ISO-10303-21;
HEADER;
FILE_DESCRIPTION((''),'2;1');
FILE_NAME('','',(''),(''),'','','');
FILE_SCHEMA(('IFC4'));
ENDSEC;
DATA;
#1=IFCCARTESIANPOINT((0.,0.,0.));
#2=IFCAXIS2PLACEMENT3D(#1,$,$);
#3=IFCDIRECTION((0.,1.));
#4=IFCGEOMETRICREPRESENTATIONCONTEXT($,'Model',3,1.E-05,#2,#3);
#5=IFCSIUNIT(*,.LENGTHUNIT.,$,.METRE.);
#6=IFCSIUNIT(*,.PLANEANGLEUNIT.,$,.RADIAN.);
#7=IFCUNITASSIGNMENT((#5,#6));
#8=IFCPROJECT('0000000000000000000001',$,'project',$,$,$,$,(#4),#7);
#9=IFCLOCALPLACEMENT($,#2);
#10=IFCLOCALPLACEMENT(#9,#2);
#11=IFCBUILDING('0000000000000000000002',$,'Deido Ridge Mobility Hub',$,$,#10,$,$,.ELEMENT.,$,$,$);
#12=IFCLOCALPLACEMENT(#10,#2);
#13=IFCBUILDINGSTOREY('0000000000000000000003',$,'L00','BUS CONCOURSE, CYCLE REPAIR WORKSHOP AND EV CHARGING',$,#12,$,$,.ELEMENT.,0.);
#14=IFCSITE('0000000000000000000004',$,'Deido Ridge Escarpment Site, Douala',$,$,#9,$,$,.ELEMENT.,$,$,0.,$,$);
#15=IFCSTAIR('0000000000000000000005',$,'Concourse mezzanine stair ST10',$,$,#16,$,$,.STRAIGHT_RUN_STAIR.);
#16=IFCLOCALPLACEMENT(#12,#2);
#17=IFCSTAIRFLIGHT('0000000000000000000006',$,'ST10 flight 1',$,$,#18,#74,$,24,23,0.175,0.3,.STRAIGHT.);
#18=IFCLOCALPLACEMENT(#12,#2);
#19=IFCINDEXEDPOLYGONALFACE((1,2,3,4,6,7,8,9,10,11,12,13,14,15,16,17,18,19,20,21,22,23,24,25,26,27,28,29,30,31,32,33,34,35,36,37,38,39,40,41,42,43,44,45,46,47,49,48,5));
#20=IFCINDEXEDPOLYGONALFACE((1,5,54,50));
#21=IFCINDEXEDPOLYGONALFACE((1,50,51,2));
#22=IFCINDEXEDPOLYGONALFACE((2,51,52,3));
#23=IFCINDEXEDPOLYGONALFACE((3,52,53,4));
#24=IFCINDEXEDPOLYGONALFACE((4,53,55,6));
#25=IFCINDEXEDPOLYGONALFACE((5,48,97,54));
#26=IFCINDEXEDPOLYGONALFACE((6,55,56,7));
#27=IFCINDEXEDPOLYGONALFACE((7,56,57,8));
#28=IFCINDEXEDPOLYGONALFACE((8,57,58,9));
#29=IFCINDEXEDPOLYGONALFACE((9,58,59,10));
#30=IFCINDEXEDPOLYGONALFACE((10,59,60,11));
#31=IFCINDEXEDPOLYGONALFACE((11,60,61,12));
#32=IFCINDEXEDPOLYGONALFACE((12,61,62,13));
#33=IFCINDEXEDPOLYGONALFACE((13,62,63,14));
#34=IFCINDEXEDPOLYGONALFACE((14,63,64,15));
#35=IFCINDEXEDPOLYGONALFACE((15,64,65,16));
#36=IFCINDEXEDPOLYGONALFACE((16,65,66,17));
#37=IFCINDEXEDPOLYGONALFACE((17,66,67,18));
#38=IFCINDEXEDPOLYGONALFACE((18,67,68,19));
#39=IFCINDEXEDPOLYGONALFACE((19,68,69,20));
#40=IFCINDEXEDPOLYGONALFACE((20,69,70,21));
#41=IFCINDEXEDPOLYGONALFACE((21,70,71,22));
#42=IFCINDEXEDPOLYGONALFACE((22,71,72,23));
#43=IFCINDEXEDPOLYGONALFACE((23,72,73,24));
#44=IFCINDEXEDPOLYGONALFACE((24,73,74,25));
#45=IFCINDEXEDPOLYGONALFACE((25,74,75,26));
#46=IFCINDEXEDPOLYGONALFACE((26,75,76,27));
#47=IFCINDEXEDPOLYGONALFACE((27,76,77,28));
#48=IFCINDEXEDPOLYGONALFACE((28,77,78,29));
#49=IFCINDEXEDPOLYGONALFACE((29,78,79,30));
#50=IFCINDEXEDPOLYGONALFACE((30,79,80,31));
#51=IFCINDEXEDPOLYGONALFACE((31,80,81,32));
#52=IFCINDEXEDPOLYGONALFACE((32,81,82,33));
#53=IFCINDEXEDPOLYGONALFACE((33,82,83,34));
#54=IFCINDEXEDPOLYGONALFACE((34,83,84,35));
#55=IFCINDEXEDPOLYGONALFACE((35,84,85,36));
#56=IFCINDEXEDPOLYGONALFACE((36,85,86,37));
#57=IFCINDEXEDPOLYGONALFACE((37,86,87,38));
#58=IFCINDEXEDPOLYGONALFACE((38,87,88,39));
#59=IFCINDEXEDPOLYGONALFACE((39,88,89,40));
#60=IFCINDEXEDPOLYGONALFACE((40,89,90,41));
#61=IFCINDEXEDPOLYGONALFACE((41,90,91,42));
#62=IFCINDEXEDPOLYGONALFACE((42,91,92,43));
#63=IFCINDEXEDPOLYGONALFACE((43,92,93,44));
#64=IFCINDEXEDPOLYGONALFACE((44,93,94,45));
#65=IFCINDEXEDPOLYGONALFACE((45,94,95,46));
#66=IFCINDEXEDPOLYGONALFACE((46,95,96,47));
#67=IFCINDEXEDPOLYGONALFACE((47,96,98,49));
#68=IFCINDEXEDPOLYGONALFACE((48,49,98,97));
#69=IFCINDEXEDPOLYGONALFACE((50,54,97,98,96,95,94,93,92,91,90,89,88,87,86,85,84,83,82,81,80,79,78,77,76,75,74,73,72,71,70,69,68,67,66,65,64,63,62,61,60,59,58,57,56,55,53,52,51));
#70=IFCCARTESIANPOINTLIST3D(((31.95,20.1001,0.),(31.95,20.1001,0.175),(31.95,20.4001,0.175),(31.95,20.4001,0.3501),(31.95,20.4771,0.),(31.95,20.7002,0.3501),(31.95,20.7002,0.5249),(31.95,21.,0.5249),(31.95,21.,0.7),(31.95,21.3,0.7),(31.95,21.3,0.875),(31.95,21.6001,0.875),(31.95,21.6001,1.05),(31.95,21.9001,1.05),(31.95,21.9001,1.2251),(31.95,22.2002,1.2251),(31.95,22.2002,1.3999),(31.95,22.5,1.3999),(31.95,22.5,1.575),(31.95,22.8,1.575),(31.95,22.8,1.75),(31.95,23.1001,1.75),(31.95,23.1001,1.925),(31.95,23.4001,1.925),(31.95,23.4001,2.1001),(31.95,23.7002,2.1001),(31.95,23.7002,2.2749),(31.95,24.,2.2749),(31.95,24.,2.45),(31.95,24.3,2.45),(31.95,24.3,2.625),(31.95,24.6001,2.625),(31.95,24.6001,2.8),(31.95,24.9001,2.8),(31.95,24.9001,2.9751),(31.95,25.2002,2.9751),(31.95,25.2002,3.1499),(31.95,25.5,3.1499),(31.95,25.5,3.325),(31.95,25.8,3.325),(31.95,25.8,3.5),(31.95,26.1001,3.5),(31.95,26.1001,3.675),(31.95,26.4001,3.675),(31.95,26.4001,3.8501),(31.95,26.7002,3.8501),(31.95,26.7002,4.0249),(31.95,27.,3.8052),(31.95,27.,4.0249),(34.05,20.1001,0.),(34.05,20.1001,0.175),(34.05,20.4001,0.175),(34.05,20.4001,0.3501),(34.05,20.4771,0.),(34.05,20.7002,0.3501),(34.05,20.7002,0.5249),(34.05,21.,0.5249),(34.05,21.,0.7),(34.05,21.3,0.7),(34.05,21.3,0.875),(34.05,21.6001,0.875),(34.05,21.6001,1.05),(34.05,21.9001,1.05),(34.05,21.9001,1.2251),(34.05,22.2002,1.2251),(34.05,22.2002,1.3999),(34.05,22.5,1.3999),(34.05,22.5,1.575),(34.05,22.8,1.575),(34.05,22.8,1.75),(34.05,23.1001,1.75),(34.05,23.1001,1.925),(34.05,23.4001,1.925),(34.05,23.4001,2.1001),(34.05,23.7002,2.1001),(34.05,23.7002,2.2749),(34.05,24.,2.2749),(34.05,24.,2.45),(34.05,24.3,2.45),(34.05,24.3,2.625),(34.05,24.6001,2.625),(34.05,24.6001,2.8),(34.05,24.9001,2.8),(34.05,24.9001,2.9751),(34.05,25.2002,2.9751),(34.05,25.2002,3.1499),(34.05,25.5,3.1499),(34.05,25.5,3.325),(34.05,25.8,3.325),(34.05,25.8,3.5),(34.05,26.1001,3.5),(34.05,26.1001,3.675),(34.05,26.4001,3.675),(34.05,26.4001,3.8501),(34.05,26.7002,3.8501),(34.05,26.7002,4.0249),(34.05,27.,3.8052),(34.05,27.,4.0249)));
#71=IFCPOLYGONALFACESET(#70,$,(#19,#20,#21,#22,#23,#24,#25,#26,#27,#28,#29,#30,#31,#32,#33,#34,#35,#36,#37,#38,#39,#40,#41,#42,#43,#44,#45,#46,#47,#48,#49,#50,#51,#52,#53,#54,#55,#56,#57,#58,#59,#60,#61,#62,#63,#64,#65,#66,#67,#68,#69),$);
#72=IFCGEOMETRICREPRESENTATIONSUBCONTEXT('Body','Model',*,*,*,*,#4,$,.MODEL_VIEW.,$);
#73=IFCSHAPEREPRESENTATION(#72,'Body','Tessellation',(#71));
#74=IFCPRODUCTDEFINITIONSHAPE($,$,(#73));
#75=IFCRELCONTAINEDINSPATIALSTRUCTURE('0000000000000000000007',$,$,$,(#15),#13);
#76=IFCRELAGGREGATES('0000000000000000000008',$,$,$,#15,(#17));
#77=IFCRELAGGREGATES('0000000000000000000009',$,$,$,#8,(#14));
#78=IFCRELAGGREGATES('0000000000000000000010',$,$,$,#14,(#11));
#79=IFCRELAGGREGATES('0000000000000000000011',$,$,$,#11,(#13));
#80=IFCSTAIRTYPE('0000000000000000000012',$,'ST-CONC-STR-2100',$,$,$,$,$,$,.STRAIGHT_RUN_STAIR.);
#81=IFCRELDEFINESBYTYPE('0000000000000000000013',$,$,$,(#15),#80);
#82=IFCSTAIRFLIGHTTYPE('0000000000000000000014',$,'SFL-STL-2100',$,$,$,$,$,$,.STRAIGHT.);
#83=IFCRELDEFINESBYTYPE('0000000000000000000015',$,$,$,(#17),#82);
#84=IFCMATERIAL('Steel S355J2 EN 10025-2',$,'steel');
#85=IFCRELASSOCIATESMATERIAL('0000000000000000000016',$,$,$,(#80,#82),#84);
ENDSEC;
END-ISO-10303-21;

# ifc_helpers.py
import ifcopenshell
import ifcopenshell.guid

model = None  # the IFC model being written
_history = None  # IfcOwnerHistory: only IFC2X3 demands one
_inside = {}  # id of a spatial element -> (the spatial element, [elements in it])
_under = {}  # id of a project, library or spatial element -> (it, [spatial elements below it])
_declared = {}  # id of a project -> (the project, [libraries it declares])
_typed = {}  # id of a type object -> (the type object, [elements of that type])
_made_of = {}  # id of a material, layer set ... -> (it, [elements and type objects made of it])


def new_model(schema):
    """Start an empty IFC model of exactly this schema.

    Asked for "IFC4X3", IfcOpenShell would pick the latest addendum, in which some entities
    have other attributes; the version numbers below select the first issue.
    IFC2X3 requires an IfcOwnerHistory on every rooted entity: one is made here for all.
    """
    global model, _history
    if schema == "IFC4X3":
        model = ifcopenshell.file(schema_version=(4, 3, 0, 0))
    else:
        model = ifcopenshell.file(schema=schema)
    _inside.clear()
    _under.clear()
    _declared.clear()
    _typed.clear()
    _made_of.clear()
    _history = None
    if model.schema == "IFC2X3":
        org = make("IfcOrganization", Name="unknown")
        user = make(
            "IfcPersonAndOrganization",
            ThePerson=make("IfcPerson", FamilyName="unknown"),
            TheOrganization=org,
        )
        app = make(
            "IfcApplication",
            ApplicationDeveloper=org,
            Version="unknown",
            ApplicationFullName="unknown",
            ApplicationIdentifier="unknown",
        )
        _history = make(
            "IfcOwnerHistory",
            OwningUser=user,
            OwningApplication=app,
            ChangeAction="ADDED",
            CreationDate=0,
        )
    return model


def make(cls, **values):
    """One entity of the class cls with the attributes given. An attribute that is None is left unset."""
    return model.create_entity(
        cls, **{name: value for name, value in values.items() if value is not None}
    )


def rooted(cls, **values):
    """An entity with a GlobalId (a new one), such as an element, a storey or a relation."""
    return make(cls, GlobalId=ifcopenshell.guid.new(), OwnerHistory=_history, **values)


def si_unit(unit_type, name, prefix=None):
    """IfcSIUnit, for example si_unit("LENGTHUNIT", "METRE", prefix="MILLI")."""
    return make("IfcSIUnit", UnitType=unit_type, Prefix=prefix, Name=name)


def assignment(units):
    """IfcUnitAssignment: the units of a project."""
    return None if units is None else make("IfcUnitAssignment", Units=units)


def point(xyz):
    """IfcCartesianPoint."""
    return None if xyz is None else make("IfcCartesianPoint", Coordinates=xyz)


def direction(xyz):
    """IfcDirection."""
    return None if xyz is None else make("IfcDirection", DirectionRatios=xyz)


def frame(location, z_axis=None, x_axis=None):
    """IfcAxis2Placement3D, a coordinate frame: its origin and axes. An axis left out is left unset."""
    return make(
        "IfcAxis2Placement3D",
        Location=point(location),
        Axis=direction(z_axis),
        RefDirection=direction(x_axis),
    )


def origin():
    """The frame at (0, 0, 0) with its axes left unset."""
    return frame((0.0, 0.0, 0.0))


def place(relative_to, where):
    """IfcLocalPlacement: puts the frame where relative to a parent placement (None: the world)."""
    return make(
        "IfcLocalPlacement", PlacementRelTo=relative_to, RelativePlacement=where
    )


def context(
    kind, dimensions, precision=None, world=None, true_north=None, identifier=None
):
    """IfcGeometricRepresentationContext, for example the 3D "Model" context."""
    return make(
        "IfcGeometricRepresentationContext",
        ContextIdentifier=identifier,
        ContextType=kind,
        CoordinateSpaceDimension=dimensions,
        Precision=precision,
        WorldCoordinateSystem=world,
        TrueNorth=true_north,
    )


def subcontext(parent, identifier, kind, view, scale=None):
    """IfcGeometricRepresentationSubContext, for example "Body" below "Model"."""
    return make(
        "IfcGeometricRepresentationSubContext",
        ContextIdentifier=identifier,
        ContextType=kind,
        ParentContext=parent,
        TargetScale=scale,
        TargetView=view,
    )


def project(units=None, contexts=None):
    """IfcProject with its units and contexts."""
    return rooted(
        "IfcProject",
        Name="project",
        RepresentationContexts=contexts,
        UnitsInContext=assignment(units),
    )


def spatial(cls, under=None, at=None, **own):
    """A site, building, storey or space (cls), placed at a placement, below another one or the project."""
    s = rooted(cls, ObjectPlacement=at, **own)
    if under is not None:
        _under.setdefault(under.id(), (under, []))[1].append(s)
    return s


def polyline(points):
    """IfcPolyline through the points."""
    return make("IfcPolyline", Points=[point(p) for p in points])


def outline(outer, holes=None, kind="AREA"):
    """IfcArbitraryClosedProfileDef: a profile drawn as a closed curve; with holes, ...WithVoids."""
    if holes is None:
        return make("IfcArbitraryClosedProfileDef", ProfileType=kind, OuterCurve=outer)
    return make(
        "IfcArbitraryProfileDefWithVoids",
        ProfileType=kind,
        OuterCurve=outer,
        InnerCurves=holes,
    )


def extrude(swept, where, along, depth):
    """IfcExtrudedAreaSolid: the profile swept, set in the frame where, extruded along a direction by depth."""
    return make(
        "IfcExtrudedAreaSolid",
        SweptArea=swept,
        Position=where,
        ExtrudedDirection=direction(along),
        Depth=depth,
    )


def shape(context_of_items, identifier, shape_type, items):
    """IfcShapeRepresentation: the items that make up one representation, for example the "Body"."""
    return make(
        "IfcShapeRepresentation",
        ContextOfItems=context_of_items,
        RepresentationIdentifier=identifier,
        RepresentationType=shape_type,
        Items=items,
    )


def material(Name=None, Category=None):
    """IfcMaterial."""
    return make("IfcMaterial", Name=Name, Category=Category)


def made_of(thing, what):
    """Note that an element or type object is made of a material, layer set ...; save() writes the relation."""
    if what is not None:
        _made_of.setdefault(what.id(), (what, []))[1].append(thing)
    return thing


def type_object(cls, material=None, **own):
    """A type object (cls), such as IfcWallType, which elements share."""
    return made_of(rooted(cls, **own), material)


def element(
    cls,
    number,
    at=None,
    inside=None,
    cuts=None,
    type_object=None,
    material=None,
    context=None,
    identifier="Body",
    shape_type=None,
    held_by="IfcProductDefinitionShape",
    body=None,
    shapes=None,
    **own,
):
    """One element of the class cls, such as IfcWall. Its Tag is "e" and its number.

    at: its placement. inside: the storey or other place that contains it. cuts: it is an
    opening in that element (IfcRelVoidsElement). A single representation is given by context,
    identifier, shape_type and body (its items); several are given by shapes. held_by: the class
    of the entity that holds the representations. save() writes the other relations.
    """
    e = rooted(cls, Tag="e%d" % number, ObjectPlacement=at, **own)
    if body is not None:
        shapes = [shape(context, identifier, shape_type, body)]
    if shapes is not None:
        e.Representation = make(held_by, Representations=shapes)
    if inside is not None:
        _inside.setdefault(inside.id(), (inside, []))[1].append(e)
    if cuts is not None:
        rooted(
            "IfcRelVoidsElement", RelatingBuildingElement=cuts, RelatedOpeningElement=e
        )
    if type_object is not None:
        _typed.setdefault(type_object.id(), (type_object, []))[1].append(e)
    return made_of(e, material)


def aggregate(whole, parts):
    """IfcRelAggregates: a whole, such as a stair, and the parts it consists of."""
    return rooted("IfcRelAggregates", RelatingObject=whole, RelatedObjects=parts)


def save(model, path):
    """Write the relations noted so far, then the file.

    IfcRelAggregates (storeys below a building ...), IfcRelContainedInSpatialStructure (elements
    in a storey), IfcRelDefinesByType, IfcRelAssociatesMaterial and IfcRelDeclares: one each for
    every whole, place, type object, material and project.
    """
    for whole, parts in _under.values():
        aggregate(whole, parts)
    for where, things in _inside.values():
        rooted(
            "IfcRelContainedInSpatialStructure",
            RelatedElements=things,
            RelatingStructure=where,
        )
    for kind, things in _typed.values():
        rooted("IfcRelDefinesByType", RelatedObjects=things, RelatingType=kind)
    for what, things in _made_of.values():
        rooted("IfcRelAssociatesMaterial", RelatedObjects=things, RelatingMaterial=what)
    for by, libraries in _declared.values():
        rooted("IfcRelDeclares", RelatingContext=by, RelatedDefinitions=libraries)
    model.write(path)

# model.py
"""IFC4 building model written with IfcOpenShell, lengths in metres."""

from ifc_helpers import new_model, si_unit, direction, frame, origin, place, context, subcontext, project, spatial, polyline, outline, extrude, material, type_object, element, aggregate, save


model = new_model("IFC4")

# Units and contexts
model_context = context("Model", 3, precision=1e-05, world=origin(), true_north=direction((0.0, 1.0)))
body_context = subcontext(model_context, "Body", "Model", "MODEL_VIEW")
ifc_project = project(units=[si_unit("LENGTHUNIT", "METRE"), si_unit("PLANEANGLEUNIT", "RADIAN")], contexts=[model_context])

# Site, building, storey
site_placement = place(None, origin())
site = spatial("IfcSite", under=ifc_project, at=site_placement, Name="Deido Ridge Escarpment Site, Douala", CompositionType="ELEMENT", RefElevation=0.0)
building_placement = place(site_placement, origin())
building = spatial("IfcBuilding", under=site, at=building_placement, Name="Deido Ridge Mobility Hub", CompositionType="ELEMENT")
storey_placement = place(building_placement, origin())
storey = spatial("IfcBuildingStorey", under=building, at=storey_placement, Name="L00", Description="BUS CONCOURSE, CYCLE REPAIR WORKSHOP AND EV CHARGING", CompositionType="ELEMENT", Elevation=0.0)

# Shared definitions
ifc_material_1 = material(Name="Steel S355J2 EN 10025-2", Category="steel")

# Stair, stair flight
stair_type = type_object("IfcStairType", Name="ST-CONC-STR-2100", PredefinedType="STRAIGHT_RUN_STAIR", material=ifc_material_1)
stair_placement = place(storey_placement, origin())
stair = element("IfcStair", 1, at=stair_placement, inside=storey, type_object=stair_type, Name="Concourse mezzanine stair ST10", PredefinedType="STRAIGHT_RUN_STAIR")
stair_flight_type = type_object("IfcStairFlightType", Name="SFL-STL-2100", PredefinedType="STRAIGHT", material=ifc_material_1)
stair_flight_placement = place(storey_placement, frame((33.0, 20.1001, 0.0), z_axis=(0.0, 0.0, 1.0), x_axis=(0.0, 1.0, 0.0)))
stair_flight = element("IfcStairFlight", 2, at=stair_flight_placement, type_object=stair_flight_type, Name="ST10 flight 1", NumberOfRisers=24, NumberOfTreads=23, PredefinedType="STRAIGHT", RiserHeight=0.175, TreadLength=0.3, context=body_context, shape_type="SweptSolid", body=[
    extrude(outline(polyline([(0.0, 0.0), (0.0, 0.175), (0.3, 0.175), (0.3, 0.3501), (0.6001, 0.3501), (0.6001, 0.5249), (0.8999, 0.5249), (0.8999, 0.7), (1.2, 0.7), (1.2, 0.875), (1.5, 0.875), (1.5, 1.05), (1.8, 1.05), (1.8, 1.2251), (2.1001, 1.2251), (2.1001, 1.3999), (2.3999, 1.3999), (2.3999, 1.575), (2.7, 1.575), (2.7, 1.75), (3.0, 1.75), (3.0, 1.925), (3.3, 1.925), (3.3, 2.1001), (3.6001, 2.1001), (3.6001, 2.2749), (3.8999, 2.2749), (3.8999, 2.45), (4.2, 2.45), (4.2, 2.625), (4.5, 2.625), (4.5, 2.8), (4.8, 2.8), (4.8, 2.9751), (5.1001, 2.9751), (5.1001, 3.1499), (5.3999, 3.1499), (5.3999, 3.325), (5.7, 3.325), (5.7, 3.5), (6.0, 3.5), (6.0, 3.675), (6.3, 3.675), (6.3, 3.8501), (6.6001, 3.8501), (6.6001, 4.0249), (6.8999, 4.0249), (6.8999, 4.2), (6.8999, 3.8052), (0.377, 0.0), (0.0, 0.0)])), frame((0.0, 1.05, 0.0), z_axis=(0.0, -1.0, 0.0), x_axis=(1.0, 0.0, 0.0)), (0.0, 0.0, 1.0), 2.1001),
])
aggregate(stair, [stair_flight])

save(model, "model.ifc")
